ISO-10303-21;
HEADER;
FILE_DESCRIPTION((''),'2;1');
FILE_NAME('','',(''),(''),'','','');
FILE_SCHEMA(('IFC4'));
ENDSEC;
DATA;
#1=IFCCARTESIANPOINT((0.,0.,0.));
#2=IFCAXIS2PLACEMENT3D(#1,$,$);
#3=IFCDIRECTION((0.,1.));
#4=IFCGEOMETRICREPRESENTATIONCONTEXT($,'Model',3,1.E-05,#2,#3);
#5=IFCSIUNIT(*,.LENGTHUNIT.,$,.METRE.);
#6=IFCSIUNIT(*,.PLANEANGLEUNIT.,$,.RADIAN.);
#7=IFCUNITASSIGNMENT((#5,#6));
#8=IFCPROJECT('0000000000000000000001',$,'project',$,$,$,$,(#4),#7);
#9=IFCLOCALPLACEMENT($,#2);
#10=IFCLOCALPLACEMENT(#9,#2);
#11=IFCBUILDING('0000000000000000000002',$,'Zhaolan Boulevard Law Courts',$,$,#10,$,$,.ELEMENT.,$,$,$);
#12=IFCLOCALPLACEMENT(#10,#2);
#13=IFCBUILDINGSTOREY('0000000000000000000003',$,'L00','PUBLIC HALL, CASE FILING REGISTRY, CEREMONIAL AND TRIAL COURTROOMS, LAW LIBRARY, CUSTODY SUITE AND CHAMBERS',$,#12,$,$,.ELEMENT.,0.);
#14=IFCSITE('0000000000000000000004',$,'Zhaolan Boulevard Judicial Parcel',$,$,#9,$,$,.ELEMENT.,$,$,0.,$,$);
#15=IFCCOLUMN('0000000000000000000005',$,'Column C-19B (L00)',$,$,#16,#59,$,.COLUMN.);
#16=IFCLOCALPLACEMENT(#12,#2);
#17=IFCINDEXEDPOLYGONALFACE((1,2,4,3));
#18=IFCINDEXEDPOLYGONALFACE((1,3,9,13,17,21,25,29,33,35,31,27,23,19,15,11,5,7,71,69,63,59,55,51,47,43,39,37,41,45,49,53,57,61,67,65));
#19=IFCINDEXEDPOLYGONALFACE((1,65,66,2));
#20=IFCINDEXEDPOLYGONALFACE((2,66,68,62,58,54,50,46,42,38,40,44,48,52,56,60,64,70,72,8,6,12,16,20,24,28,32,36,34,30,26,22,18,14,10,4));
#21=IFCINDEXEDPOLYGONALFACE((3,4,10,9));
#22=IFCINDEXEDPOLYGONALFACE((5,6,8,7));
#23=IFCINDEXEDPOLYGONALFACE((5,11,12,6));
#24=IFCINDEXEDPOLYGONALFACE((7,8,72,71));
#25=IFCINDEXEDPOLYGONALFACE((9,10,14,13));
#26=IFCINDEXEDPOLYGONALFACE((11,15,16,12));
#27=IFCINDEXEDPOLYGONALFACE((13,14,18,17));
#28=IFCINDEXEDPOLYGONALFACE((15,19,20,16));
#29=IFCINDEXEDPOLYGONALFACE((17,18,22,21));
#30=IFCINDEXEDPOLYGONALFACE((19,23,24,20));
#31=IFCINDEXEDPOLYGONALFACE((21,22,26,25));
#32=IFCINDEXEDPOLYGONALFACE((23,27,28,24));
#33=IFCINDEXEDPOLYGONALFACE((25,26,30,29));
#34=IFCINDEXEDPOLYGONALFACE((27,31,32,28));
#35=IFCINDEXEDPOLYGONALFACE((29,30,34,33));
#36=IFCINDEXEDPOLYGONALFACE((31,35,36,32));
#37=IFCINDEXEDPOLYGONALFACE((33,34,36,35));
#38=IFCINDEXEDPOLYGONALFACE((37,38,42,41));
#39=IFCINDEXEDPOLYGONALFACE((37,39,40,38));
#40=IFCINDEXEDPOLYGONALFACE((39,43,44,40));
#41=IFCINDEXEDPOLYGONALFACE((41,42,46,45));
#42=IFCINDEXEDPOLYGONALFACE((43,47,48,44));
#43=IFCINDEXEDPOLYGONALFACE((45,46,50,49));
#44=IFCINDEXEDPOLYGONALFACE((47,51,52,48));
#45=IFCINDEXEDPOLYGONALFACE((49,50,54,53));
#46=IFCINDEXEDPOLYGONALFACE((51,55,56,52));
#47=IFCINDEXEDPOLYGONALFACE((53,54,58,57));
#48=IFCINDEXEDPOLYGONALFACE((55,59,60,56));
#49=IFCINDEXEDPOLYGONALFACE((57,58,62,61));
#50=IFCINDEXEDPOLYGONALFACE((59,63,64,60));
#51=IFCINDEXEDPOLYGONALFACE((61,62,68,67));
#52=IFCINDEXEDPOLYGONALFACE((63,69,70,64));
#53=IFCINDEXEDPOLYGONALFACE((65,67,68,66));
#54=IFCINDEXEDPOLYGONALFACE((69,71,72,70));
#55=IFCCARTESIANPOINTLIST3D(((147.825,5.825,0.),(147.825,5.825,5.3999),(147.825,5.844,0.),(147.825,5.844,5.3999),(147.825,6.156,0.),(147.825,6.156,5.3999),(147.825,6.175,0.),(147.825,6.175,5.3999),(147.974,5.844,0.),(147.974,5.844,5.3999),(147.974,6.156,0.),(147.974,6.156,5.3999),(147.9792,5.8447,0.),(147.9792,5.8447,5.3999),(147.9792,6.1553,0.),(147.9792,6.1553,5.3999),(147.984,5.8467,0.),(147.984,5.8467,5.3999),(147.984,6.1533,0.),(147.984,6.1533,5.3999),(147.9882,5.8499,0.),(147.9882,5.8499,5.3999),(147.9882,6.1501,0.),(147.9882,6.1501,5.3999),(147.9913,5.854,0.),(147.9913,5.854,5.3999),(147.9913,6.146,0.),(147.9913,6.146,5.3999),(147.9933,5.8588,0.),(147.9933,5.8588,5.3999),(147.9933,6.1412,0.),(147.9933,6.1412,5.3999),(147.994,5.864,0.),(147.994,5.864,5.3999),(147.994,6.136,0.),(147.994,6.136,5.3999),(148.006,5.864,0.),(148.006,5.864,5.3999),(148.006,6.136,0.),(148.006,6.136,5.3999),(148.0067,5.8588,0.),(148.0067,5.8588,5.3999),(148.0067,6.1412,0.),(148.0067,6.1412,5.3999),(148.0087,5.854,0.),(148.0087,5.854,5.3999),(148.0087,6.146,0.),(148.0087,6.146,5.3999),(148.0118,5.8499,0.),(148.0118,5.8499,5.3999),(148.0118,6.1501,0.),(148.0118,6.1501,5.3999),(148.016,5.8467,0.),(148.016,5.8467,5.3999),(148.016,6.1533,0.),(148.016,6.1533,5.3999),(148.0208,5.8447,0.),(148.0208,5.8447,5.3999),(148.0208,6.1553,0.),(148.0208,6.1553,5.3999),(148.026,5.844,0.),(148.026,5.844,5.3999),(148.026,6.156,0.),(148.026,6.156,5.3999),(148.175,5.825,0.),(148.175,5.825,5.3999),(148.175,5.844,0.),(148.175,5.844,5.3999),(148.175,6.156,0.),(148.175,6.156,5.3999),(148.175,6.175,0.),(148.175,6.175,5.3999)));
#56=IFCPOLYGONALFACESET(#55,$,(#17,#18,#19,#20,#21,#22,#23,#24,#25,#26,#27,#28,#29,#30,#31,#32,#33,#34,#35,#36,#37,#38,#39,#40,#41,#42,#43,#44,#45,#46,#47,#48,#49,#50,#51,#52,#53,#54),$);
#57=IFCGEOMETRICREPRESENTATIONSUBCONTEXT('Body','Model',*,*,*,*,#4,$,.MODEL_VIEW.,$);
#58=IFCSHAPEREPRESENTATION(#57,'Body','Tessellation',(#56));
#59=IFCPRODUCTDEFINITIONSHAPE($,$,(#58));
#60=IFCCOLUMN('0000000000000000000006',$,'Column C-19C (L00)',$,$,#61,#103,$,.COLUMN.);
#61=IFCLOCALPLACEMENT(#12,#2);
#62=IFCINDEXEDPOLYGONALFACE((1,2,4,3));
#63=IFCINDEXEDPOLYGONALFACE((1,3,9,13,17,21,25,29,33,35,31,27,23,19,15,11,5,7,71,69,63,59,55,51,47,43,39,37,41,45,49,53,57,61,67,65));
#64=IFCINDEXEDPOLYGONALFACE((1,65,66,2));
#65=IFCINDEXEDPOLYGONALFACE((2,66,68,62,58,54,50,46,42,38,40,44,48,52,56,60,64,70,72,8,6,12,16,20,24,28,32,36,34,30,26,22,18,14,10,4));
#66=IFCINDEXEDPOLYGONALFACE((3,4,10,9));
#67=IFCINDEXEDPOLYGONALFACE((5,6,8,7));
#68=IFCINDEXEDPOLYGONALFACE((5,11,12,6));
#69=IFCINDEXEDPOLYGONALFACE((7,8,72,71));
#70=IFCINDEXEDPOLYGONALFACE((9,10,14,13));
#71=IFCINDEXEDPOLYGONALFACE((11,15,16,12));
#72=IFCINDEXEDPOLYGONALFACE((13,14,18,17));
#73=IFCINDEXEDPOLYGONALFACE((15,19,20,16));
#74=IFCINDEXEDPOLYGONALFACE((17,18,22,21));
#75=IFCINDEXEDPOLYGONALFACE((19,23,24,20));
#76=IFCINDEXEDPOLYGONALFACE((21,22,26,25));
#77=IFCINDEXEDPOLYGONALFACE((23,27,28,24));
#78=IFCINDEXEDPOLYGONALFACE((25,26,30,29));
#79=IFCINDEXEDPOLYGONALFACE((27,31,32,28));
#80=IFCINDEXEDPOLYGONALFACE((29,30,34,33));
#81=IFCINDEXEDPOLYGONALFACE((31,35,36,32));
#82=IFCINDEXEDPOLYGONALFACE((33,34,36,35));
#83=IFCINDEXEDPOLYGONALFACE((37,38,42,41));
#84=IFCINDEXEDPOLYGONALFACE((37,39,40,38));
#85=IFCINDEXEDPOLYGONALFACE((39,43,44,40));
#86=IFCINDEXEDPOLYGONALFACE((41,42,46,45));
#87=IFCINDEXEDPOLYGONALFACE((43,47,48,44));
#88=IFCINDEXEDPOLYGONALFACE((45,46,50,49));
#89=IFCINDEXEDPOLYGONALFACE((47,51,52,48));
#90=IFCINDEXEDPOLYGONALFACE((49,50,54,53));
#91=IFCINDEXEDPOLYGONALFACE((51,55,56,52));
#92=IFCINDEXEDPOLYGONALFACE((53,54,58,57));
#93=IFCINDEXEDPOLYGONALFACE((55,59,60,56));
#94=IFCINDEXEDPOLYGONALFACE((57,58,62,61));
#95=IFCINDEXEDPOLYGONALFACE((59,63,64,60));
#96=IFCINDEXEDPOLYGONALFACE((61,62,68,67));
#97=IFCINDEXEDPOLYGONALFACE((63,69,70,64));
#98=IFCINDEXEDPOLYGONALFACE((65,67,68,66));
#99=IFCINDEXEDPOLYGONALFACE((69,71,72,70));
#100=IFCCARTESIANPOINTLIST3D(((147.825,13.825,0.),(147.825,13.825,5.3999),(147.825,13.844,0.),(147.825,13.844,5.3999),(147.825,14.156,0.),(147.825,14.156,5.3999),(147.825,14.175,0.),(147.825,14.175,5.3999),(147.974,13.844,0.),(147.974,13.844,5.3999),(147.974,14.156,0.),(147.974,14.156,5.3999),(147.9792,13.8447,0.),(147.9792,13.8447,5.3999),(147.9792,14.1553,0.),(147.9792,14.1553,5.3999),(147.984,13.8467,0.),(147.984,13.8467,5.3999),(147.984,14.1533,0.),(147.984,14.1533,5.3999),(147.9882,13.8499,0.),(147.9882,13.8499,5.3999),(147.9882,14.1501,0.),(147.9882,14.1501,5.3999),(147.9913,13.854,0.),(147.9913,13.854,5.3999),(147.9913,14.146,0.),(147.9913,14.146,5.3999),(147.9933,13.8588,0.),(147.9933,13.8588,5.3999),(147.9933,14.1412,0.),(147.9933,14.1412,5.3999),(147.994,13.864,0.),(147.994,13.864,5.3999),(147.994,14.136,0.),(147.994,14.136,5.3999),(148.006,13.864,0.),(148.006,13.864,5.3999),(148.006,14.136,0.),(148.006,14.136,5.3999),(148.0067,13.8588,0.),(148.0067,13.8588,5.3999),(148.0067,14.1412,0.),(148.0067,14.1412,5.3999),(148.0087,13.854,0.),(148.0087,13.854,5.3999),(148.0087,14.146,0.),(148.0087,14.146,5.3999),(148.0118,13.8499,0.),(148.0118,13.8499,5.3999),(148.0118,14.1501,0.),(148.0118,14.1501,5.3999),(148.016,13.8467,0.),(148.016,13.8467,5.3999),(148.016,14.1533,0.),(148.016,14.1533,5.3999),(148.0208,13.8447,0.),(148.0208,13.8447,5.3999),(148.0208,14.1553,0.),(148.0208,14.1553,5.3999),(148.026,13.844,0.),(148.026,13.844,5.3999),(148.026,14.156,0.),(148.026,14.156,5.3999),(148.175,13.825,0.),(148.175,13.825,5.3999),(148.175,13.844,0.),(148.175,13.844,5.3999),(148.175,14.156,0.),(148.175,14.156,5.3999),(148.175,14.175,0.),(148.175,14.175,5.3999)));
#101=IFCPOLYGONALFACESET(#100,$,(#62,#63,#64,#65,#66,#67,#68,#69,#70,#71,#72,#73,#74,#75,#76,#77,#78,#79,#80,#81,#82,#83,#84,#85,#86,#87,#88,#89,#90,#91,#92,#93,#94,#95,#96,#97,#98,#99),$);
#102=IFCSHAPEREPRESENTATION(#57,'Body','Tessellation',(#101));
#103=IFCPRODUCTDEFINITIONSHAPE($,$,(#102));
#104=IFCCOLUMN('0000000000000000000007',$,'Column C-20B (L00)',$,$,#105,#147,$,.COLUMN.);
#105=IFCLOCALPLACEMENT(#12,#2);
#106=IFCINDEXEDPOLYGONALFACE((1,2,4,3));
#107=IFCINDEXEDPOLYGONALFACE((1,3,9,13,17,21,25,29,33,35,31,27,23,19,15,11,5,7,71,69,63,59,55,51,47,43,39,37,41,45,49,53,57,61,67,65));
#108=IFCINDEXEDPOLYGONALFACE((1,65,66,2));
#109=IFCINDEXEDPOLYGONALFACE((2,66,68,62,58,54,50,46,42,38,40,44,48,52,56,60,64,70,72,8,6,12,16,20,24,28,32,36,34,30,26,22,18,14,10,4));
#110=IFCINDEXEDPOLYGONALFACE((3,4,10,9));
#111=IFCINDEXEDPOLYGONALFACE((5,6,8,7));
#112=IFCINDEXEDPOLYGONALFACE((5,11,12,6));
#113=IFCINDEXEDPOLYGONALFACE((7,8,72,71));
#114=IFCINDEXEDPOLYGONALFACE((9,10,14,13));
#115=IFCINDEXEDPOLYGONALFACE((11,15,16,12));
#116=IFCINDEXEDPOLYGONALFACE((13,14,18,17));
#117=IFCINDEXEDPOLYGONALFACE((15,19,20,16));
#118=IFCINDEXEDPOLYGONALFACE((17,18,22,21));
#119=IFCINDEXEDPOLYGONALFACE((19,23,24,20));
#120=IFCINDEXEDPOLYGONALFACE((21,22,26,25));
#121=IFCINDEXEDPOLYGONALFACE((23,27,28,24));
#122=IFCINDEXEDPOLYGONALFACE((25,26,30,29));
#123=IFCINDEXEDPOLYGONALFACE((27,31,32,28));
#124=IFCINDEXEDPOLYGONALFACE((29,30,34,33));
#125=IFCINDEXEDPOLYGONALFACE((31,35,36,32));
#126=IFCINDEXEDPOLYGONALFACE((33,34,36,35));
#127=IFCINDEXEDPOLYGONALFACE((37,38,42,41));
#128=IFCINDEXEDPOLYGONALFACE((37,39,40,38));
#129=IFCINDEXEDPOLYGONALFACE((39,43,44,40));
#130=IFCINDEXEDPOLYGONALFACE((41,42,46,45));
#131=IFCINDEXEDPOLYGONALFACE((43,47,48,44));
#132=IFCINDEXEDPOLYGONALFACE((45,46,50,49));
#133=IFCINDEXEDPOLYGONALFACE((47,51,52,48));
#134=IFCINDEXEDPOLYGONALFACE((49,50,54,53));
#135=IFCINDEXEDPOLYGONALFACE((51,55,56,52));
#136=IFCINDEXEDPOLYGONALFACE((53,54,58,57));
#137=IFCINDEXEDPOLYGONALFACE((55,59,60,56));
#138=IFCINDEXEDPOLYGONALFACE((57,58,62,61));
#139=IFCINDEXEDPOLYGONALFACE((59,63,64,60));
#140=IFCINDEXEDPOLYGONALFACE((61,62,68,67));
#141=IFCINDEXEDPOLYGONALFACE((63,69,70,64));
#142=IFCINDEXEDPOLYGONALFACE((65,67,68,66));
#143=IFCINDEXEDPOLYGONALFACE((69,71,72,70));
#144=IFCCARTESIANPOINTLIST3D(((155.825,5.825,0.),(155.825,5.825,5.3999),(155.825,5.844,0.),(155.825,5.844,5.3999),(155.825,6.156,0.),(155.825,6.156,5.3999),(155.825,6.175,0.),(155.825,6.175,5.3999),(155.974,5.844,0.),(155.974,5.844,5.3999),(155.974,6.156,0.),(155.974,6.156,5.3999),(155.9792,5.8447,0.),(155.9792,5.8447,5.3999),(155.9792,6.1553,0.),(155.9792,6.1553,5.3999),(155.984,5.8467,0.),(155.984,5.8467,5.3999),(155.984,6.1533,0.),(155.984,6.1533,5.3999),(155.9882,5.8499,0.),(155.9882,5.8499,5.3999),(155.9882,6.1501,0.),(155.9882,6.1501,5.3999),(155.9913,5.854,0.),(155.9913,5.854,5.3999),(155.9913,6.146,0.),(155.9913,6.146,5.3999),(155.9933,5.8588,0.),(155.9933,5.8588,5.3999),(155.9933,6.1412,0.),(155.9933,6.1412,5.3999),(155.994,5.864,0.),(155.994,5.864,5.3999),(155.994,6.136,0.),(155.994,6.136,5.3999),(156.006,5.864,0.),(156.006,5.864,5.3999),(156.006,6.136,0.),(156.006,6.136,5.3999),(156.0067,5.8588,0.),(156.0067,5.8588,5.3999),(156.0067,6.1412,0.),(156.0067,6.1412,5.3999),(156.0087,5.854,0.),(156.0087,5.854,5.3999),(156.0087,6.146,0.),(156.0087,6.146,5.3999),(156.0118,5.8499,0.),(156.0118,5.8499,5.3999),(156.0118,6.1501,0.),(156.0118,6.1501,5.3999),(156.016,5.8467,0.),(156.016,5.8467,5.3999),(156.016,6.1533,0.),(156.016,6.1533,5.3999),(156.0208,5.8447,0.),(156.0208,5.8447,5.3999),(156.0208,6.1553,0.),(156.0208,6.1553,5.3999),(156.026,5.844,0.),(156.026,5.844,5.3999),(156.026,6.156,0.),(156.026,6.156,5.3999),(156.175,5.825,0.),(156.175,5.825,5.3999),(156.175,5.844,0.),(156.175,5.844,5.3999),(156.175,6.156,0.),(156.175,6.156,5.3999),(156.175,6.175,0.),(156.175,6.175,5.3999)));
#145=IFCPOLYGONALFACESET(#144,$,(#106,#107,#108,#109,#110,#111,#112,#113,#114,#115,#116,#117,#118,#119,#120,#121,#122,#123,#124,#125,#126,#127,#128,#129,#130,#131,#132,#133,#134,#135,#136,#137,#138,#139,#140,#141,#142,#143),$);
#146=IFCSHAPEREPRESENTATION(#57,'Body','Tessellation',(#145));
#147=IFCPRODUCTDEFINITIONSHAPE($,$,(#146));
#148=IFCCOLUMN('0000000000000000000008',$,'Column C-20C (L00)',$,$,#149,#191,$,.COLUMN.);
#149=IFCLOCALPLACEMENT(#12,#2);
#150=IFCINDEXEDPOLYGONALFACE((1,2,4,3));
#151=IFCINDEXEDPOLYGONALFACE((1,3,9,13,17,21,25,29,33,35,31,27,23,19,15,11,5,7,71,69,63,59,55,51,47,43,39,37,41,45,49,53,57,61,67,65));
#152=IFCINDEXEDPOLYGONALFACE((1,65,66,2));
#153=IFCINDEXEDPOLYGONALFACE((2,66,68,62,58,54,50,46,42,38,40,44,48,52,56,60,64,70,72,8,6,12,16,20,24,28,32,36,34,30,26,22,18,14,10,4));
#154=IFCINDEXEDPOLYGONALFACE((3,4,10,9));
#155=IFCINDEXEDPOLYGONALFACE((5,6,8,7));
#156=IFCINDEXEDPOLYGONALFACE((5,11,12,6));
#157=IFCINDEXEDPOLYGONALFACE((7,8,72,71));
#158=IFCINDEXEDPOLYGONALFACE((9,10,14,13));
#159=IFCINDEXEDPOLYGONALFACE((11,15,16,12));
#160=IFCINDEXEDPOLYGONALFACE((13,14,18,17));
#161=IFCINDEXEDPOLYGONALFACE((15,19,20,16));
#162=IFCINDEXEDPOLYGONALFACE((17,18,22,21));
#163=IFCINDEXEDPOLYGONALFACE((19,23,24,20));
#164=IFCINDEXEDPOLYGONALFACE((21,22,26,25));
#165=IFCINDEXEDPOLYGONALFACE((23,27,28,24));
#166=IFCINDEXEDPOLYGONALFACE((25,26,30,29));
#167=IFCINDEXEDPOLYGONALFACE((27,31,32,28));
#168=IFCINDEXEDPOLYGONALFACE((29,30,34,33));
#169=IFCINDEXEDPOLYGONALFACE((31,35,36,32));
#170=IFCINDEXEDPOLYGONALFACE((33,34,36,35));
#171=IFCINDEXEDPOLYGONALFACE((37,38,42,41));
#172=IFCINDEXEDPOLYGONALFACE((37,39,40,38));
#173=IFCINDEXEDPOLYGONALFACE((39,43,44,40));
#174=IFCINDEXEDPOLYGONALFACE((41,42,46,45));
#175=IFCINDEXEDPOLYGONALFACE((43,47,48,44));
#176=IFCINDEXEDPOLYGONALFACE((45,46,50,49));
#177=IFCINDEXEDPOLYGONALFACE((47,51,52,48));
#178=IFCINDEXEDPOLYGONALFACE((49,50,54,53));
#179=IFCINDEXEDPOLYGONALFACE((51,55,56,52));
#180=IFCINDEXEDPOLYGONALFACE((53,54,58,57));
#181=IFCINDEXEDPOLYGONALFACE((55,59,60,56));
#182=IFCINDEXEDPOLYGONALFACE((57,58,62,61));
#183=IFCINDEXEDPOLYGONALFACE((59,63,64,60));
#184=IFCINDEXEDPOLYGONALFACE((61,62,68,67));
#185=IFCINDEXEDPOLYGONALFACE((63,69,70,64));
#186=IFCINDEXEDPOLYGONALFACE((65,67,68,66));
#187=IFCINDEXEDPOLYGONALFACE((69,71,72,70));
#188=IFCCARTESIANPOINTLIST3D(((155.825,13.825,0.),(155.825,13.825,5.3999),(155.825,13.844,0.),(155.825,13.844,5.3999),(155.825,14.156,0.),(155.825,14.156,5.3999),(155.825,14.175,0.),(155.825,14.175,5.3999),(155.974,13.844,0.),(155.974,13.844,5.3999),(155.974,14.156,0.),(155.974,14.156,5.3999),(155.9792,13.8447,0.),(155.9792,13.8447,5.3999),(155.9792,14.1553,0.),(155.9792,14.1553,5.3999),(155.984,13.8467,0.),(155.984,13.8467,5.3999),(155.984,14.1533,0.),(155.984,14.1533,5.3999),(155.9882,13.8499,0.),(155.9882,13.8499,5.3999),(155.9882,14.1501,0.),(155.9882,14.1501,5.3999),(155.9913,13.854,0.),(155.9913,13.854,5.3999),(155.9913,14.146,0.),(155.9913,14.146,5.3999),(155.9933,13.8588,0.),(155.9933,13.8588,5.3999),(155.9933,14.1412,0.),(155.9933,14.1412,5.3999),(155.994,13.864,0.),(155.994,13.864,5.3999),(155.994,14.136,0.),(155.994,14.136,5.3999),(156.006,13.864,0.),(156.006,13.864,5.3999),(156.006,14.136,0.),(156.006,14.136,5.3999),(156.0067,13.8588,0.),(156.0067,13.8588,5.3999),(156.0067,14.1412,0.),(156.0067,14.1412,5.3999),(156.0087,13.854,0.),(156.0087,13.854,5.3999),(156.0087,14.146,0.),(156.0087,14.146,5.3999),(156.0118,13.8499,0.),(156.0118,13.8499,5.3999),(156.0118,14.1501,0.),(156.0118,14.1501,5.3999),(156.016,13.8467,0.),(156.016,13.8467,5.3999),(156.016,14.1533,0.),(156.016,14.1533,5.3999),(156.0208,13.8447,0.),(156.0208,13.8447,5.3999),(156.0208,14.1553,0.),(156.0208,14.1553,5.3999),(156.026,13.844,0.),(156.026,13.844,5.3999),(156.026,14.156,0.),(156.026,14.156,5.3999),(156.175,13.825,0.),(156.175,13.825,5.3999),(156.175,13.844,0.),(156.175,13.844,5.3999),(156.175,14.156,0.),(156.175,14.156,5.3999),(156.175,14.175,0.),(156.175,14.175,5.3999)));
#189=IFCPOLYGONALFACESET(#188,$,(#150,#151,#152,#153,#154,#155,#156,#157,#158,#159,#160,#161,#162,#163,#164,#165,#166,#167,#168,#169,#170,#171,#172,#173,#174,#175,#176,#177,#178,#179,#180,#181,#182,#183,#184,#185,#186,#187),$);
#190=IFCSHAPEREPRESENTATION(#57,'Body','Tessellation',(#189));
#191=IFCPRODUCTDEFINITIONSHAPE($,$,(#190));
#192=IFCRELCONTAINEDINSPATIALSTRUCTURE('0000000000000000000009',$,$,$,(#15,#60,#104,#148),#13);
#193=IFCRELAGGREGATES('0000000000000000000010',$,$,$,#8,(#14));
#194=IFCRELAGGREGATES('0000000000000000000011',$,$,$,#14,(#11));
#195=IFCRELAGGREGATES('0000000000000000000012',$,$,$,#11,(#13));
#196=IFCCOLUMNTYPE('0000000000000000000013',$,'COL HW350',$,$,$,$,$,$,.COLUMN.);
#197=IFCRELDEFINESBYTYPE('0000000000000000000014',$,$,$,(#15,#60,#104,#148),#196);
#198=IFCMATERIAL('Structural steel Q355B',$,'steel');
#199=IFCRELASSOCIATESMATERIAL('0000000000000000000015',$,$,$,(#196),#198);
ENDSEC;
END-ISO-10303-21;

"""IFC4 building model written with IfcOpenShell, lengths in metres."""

from ifc_helpers import new_model, si_unit, direction, frame, origin, origin_2d, place, context, subcontext, project, spatial, i_section, extrude, material, material_profile, profile_set, type_object, element, save


model = new_model("IFC4")

# Units and contexts
model_context = context("Model", 3, precision=1e-05, world=origin(), true_north=direction((0.0, 1.0)))
body_context = subcontext(model_context, "Body", "Model", "MODEL_VIEW")
ifc_project = project(units=[si_unit("LENGTHUNIT", "METRE"), si_unit("PLANEANGLEUNIT", "RADIAN")], contexts=[model_context])

# Site, building, storey
site_placement = place(None, origin())
site = spatial("IfcSite", under=ifc_project, at=site_placement, Name="Zhaolan Boulevard Judicial Parcel", CompositionType="ELEMENT", RefElevation=0.0)
building_placement = place(site_placement, origin())
building = spatial("IfcBuilding", under=site, at=building_placement, Name="Zhaolan Boulevard Law Courts", CompositionType="ELEMENT")
storey_placement = place(building_placement, origin())
storey = spatial("IfcBuildingStorey", under=building, at=storey_placement, Name="L00", Description="PUBLIC HALL, CASE FILING REGISTRY, CEREMONIAL AND TRIAL COURTROOMS, LAW LIBRARY, CUSTODY SUITE AND CHAMBERS", CompositionType="ELEMENT", Elevation=0.0)

# Columns
ifc_material_1 = material(Name="Structural steel Q355B", Category="steel")
ifc_material_profile_1 = material_profile(ifc_material_1, i_section(OverallWidth=0.3501, OverallDepth=0.3501, WebThickness=0.012, FlangeThickness=0.019, FilletRadius=0.02, at=origin_2d()), Name="HW350x350")
ifc_profile_set_1 = profile_set([ifc_material_profile_1], Name="Structural steel Q355B")
column_type = type_object("IfcColumnType", Name="COL HW350", PredefinedType="COLUMN", material=ifc_profile_set_1)
for number, where, z_axis, x_axis, name in (
    (1, (148.0, 6.0, 0.0), (0.0, 0.0, 1.0), (1.0, 0.0, 0.0), "Column C-19B (L00)"),
    (2, (148.0, 14.0, 0.0), (0.0, 0.0, 1.0), (1.0, 0.0, 0.0), "Column C-19C (L00)"),
    (3, (156.0, 6.0, 0.0), (0.0, 0.0, 1.0), (1.0, 0.0, 0.0), "Column C-20B (L00)"),
    (4, (156.0, 14.0, 0.0), (0.0, 0.0, 1.0), (1.0, 0.0, 0.0), "Column C-20C (L00)"),
):
    element("IfcColumn", number, at=place(storey_placement, frame(where, z_axis=z_axis, x_axis=x_axis)), inside=storey, type_object=column_type, Name=name, PredefinedType="COLUMN", context=body_context, shape_type="SweptSolid", body=[
        extrude(i_section(OverallWidth=0.3501, OverallDepth=0.3501, WebThickness=0.012, FlangeThickness=0.019, FilletRadius=0.02, at=origin_2d()), origin(), (0.0, 0.0, 1.0), 5.3999),
    ])

save(model, "model.ifc")
